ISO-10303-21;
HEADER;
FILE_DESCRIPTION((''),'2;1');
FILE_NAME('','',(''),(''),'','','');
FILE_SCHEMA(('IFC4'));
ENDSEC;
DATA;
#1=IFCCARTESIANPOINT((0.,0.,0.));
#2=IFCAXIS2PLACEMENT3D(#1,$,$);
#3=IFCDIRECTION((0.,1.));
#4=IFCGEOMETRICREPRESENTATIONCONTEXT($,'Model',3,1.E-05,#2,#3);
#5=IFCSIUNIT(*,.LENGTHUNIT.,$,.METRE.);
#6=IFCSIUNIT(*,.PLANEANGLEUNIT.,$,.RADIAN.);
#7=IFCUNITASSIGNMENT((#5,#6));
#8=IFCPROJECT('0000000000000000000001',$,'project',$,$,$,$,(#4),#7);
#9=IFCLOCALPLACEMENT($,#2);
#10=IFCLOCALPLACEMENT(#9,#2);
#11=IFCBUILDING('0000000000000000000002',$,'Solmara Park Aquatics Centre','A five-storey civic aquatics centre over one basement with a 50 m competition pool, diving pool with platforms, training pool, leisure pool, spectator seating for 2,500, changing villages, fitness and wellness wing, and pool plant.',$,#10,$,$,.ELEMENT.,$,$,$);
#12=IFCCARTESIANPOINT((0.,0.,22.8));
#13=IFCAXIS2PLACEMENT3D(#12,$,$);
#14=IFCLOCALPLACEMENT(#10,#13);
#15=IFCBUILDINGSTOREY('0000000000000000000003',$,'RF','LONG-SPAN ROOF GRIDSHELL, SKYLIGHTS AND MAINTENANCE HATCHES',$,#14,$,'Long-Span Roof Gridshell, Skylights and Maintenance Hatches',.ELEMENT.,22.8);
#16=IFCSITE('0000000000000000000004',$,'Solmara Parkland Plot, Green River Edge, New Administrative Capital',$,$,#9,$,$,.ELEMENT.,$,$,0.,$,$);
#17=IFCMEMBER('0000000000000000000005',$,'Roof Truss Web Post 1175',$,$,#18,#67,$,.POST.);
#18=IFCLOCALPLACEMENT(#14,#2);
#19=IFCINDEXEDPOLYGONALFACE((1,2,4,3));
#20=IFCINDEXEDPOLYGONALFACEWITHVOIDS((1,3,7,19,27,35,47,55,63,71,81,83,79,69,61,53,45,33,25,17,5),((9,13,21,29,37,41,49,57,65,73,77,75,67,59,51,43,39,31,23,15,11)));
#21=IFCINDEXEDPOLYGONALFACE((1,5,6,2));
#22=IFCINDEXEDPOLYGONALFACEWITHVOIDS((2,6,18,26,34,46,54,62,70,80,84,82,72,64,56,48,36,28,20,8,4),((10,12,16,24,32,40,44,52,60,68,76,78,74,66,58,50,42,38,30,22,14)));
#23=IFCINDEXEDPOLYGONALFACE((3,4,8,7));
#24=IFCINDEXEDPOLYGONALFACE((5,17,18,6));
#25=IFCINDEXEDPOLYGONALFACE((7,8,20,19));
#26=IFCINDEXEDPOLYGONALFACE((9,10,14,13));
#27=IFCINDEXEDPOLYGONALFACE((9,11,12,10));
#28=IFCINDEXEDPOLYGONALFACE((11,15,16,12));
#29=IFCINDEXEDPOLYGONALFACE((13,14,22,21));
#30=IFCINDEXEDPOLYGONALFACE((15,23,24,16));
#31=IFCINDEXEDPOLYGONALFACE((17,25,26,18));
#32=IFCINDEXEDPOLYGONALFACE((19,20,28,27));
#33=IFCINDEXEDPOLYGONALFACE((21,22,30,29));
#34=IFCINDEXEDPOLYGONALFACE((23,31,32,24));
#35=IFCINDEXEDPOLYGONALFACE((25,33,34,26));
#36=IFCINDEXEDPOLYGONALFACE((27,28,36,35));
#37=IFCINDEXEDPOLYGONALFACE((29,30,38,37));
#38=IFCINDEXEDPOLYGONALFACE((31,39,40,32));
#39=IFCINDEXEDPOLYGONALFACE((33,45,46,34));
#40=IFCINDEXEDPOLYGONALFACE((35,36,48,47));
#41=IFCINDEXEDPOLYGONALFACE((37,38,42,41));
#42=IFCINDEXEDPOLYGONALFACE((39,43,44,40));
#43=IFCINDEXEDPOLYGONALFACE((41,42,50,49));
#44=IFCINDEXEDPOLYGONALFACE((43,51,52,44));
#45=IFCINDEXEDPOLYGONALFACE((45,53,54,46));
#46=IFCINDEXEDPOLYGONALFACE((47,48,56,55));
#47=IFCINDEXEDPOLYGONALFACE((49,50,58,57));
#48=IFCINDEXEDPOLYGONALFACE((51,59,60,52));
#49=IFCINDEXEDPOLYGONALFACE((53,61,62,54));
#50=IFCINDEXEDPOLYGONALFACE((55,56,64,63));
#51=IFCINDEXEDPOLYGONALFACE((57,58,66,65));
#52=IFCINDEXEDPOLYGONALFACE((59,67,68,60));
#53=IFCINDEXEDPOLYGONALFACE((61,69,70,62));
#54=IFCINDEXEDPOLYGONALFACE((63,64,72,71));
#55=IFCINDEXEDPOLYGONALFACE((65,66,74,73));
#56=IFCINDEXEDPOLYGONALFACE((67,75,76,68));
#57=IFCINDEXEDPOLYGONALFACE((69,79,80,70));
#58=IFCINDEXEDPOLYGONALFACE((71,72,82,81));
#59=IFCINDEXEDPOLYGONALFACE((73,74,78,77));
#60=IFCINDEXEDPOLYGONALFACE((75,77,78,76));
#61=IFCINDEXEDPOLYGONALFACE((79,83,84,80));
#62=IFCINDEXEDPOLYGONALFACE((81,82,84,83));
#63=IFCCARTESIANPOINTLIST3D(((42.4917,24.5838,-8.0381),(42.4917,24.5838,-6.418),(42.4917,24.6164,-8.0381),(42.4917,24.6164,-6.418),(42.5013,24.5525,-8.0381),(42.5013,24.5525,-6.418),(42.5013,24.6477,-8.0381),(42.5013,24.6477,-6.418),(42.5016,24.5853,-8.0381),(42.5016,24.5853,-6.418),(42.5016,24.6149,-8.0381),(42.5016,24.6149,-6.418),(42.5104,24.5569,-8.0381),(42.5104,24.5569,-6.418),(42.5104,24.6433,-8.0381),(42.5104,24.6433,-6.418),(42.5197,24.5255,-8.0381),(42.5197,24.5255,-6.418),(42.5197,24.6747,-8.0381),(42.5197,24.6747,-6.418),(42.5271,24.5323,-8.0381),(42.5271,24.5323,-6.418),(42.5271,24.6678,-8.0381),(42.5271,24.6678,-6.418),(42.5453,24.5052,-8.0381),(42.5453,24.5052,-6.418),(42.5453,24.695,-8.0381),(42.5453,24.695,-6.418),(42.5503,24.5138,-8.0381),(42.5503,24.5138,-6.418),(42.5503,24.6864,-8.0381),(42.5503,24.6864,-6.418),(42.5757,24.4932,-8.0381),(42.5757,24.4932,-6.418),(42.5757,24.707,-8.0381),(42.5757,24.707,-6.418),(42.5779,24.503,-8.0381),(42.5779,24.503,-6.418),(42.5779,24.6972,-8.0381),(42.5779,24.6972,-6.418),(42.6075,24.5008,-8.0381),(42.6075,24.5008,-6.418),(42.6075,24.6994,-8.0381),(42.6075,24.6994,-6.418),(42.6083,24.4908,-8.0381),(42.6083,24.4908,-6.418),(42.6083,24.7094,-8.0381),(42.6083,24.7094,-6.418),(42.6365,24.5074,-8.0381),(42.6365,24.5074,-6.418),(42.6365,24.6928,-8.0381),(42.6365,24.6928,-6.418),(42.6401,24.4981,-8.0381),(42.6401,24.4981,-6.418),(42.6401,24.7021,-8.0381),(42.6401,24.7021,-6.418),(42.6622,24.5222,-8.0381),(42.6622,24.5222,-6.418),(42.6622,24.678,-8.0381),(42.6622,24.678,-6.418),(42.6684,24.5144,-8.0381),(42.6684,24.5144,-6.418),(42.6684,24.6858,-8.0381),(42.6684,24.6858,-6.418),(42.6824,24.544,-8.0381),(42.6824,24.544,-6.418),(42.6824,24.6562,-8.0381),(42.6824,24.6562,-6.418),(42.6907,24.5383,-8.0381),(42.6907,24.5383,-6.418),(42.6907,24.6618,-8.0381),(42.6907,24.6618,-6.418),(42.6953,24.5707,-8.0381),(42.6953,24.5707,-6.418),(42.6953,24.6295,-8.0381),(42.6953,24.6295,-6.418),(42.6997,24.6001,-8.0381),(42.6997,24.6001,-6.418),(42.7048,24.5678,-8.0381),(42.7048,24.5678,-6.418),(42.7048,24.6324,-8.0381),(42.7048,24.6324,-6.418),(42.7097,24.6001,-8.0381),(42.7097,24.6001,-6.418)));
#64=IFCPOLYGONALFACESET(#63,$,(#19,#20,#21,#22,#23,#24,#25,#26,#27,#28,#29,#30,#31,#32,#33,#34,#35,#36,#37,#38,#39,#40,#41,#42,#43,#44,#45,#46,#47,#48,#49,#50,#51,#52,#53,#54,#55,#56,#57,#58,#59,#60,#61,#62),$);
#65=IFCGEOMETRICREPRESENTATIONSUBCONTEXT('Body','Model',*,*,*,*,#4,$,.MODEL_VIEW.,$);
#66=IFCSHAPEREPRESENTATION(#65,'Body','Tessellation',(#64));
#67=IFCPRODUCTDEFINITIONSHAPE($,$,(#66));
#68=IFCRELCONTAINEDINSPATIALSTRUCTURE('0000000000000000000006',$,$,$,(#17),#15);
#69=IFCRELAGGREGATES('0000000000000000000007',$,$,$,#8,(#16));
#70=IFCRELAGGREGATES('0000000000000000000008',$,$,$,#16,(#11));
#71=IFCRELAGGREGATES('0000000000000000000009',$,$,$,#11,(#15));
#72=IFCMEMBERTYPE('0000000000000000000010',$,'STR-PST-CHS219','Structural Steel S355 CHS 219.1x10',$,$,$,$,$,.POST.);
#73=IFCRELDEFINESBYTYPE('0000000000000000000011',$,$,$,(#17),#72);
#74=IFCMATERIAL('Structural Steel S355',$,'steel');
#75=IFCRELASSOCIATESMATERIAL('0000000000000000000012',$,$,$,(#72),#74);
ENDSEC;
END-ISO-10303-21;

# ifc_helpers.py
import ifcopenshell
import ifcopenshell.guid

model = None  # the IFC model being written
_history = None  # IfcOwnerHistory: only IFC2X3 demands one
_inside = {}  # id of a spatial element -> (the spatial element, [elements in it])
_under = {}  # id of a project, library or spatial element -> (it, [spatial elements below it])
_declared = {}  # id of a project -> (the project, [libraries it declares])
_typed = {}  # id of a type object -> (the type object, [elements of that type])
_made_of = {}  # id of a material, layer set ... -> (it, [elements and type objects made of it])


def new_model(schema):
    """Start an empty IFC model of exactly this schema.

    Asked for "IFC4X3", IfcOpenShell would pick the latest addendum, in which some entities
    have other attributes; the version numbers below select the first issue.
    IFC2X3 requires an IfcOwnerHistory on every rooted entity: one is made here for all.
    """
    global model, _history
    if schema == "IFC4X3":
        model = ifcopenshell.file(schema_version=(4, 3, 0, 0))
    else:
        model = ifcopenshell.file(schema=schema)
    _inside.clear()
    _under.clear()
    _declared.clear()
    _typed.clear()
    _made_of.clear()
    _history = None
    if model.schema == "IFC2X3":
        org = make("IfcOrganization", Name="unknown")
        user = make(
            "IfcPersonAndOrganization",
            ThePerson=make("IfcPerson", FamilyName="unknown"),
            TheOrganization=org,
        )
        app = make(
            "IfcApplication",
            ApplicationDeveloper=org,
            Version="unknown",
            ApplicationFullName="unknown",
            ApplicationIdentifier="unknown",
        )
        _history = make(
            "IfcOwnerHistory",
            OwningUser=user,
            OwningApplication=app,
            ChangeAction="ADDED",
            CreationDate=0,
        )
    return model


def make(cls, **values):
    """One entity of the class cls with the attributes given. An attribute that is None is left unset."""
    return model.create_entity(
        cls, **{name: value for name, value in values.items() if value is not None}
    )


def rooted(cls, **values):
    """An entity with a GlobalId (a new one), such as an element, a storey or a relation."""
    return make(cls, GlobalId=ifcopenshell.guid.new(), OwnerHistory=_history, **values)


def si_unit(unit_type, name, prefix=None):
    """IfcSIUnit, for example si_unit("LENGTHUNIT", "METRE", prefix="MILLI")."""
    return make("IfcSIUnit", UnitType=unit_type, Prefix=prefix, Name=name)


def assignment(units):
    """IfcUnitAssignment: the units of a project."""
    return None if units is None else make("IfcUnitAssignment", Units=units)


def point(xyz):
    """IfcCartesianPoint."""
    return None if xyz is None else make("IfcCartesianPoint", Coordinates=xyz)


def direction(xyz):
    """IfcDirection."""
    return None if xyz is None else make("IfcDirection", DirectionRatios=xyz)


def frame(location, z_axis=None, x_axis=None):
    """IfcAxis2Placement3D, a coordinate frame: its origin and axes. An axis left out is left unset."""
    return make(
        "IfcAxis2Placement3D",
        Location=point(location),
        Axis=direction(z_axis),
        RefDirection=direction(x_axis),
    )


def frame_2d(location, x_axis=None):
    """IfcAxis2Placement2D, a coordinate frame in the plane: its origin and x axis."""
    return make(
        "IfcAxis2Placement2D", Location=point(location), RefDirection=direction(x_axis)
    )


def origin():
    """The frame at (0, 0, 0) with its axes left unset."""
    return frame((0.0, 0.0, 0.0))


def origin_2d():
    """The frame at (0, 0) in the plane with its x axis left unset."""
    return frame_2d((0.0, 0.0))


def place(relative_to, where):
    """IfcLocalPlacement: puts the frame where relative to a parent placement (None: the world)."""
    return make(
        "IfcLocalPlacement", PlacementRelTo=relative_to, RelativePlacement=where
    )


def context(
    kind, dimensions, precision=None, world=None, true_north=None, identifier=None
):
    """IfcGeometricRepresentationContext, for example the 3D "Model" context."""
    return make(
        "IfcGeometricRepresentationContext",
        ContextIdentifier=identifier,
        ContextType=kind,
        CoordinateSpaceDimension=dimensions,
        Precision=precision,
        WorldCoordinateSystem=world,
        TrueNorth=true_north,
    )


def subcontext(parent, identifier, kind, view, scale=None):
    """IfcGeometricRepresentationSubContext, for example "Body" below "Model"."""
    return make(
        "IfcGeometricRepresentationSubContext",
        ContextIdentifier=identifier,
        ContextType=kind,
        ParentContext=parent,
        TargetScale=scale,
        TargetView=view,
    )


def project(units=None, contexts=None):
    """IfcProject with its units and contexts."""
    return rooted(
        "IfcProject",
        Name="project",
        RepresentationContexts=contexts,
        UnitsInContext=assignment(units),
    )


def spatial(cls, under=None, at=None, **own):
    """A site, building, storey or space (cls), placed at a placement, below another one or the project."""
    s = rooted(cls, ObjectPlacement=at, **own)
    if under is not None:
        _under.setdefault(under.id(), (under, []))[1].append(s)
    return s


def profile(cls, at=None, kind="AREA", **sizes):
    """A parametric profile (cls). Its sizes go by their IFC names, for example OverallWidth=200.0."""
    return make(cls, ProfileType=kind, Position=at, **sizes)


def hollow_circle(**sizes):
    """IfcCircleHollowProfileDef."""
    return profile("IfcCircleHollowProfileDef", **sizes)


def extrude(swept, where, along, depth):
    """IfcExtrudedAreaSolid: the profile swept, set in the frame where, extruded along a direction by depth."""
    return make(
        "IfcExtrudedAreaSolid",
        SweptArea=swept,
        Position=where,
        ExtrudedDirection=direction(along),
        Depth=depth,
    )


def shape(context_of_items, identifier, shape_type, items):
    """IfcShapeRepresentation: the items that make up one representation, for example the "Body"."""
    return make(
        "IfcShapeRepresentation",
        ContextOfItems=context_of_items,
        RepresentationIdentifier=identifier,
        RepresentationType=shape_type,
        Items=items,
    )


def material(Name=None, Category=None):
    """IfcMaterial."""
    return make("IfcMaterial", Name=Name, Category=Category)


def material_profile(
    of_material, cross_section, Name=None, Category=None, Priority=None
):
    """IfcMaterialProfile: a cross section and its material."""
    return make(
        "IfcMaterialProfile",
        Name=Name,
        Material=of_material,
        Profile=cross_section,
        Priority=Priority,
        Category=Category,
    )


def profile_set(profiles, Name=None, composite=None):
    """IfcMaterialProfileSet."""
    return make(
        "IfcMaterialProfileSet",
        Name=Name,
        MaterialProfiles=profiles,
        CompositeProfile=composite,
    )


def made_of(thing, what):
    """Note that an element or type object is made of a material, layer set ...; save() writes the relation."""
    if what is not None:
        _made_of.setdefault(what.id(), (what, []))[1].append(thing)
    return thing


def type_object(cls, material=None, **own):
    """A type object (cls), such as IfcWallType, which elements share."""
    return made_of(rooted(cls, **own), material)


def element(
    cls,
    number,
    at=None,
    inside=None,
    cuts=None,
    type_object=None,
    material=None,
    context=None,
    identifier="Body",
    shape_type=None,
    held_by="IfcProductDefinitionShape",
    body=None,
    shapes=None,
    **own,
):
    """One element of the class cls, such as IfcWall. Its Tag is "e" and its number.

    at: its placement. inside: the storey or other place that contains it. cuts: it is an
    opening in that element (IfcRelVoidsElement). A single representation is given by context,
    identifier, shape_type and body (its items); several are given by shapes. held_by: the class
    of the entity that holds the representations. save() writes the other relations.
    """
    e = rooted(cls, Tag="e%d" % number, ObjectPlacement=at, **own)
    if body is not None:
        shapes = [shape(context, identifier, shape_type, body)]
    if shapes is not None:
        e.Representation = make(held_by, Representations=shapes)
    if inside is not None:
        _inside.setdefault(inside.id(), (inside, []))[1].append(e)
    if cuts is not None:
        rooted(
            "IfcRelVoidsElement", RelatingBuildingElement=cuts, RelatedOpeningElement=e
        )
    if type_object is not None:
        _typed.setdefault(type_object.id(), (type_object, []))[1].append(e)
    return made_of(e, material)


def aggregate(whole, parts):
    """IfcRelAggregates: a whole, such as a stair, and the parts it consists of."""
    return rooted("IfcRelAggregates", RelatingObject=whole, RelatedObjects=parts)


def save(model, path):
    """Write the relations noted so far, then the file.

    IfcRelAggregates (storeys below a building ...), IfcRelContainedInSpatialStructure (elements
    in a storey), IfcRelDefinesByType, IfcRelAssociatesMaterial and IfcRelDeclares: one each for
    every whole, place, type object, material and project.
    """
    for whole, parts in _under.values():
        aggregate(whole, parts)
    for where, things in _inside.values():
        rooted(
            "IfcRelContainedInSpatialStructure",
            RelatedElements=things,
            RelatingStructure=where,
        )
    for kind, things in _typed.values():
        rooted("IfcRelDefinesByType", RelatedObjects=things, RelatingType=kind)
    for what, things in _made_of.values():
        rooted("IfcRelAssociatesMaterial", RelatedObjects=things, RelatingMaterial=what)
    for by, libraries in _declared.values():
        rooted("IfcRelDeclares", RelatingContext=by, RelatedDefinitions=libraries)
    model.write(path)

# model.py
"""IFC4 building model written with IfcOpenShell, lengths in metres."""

from ifc_helpers import new_model, si_unit, direction, frame, origin, origin_2d, place, context, subcontext, project, spatial, hollow_circle, extrude, material, material_profile, profile_set, type_object, element, save


model = new_model("IFC4")

# Units and contexts
model_context = context("Model", 3, precision=1e-05, world=origin(), true_north=direction((0.0, 1.0)))
body_context = subcontext(model_context, "Body", "Model", "MODEL_VIEW")
ifc_project = project(units=[si_unit("LENGTHUNIT", "METRE"), si_unit("PLANEANGLEUNIT", "RADIAN")], contexts=[model_context])

# Site, building, storey
site_placement = place(None, origin())
site = spatial("IfcSite", under=ifc_project, at=site_placement, Name="Solmara Parkland Plot, Green River Edge, New Administrative Capital", CompositionType="ELEMENT", RefElevation=0.0)
building_placement = place(site_placement, origin())
building = spatial("IfcBuilding", under=site, at=building_placement, Name="Solmara Park Aquatics Centre", Description="A five-storey civic aquatics centre over one basement with a 50 m competition pool, diving pool with platforms, training pool, leisure pool, spectator seating for 2,500, changing villages, fitness and wellness wing, and pool plant.", CompositionType="ELEMENT")
storey_placement = place(building_placement, frame((0.0, 0.0, 22.8)))
storey = spatial("IfcBuildingStorey", under=building, at=storey_placement, Name="RF", Description="LONG-SPAN ROOF GRIDSHELL, SKYLIGHTS AND MAINTENANCE HATCHES", LongName="Long-Span Roof Gridshell, Skylights and Maintenance Hatches", CompositionType="ELEMENT", Elevation=22.8)

# Member
ifc_material_1 = material(Name="Structural Steel S355", Category="steel")
ifc_material_profile_1 = material_profile(ifc_material_1, hollow_circle(Radius=0.1096, WallThickness=0.01, at=origin_2d()), Name="CHS 219.1x10")
ifc_profile_set_1 = profile_set([ifc_material_profile_1], Name="Structural Steel S355")
member_type_1 = type_object("IfcMemberType", Name="STR-PST-CHS219", Description="Structural Steel S355 CHS 219.1x10", PredefinedType="POST", material=ifc_profile_set_1)
for number, where, z_axis, x_axis, name in (
    (1, (42.6001, 24.6001, -8.0381), (0.0, 0.0, 1.0), (1.0, 0.0, 0.0), "Roof Truss Web Post 1175"),
):
    element("IfcMember", number, at=place(storey_placement, frame(where, z_axis=z_axis, x_axis=x_axis)), inside=storey, type_object=member_type_1, Name=name, PredefinedType="POST", context=body_context, shape_type="SweptSolid", body=[
        extrude(hollow_circle(Radius=0.1096, WallThickness=0.01, at=origin_2d()), origin(), (0.0, 0.0, 1.0), 1.6201),
    ])

save(model, "model.ifc")
